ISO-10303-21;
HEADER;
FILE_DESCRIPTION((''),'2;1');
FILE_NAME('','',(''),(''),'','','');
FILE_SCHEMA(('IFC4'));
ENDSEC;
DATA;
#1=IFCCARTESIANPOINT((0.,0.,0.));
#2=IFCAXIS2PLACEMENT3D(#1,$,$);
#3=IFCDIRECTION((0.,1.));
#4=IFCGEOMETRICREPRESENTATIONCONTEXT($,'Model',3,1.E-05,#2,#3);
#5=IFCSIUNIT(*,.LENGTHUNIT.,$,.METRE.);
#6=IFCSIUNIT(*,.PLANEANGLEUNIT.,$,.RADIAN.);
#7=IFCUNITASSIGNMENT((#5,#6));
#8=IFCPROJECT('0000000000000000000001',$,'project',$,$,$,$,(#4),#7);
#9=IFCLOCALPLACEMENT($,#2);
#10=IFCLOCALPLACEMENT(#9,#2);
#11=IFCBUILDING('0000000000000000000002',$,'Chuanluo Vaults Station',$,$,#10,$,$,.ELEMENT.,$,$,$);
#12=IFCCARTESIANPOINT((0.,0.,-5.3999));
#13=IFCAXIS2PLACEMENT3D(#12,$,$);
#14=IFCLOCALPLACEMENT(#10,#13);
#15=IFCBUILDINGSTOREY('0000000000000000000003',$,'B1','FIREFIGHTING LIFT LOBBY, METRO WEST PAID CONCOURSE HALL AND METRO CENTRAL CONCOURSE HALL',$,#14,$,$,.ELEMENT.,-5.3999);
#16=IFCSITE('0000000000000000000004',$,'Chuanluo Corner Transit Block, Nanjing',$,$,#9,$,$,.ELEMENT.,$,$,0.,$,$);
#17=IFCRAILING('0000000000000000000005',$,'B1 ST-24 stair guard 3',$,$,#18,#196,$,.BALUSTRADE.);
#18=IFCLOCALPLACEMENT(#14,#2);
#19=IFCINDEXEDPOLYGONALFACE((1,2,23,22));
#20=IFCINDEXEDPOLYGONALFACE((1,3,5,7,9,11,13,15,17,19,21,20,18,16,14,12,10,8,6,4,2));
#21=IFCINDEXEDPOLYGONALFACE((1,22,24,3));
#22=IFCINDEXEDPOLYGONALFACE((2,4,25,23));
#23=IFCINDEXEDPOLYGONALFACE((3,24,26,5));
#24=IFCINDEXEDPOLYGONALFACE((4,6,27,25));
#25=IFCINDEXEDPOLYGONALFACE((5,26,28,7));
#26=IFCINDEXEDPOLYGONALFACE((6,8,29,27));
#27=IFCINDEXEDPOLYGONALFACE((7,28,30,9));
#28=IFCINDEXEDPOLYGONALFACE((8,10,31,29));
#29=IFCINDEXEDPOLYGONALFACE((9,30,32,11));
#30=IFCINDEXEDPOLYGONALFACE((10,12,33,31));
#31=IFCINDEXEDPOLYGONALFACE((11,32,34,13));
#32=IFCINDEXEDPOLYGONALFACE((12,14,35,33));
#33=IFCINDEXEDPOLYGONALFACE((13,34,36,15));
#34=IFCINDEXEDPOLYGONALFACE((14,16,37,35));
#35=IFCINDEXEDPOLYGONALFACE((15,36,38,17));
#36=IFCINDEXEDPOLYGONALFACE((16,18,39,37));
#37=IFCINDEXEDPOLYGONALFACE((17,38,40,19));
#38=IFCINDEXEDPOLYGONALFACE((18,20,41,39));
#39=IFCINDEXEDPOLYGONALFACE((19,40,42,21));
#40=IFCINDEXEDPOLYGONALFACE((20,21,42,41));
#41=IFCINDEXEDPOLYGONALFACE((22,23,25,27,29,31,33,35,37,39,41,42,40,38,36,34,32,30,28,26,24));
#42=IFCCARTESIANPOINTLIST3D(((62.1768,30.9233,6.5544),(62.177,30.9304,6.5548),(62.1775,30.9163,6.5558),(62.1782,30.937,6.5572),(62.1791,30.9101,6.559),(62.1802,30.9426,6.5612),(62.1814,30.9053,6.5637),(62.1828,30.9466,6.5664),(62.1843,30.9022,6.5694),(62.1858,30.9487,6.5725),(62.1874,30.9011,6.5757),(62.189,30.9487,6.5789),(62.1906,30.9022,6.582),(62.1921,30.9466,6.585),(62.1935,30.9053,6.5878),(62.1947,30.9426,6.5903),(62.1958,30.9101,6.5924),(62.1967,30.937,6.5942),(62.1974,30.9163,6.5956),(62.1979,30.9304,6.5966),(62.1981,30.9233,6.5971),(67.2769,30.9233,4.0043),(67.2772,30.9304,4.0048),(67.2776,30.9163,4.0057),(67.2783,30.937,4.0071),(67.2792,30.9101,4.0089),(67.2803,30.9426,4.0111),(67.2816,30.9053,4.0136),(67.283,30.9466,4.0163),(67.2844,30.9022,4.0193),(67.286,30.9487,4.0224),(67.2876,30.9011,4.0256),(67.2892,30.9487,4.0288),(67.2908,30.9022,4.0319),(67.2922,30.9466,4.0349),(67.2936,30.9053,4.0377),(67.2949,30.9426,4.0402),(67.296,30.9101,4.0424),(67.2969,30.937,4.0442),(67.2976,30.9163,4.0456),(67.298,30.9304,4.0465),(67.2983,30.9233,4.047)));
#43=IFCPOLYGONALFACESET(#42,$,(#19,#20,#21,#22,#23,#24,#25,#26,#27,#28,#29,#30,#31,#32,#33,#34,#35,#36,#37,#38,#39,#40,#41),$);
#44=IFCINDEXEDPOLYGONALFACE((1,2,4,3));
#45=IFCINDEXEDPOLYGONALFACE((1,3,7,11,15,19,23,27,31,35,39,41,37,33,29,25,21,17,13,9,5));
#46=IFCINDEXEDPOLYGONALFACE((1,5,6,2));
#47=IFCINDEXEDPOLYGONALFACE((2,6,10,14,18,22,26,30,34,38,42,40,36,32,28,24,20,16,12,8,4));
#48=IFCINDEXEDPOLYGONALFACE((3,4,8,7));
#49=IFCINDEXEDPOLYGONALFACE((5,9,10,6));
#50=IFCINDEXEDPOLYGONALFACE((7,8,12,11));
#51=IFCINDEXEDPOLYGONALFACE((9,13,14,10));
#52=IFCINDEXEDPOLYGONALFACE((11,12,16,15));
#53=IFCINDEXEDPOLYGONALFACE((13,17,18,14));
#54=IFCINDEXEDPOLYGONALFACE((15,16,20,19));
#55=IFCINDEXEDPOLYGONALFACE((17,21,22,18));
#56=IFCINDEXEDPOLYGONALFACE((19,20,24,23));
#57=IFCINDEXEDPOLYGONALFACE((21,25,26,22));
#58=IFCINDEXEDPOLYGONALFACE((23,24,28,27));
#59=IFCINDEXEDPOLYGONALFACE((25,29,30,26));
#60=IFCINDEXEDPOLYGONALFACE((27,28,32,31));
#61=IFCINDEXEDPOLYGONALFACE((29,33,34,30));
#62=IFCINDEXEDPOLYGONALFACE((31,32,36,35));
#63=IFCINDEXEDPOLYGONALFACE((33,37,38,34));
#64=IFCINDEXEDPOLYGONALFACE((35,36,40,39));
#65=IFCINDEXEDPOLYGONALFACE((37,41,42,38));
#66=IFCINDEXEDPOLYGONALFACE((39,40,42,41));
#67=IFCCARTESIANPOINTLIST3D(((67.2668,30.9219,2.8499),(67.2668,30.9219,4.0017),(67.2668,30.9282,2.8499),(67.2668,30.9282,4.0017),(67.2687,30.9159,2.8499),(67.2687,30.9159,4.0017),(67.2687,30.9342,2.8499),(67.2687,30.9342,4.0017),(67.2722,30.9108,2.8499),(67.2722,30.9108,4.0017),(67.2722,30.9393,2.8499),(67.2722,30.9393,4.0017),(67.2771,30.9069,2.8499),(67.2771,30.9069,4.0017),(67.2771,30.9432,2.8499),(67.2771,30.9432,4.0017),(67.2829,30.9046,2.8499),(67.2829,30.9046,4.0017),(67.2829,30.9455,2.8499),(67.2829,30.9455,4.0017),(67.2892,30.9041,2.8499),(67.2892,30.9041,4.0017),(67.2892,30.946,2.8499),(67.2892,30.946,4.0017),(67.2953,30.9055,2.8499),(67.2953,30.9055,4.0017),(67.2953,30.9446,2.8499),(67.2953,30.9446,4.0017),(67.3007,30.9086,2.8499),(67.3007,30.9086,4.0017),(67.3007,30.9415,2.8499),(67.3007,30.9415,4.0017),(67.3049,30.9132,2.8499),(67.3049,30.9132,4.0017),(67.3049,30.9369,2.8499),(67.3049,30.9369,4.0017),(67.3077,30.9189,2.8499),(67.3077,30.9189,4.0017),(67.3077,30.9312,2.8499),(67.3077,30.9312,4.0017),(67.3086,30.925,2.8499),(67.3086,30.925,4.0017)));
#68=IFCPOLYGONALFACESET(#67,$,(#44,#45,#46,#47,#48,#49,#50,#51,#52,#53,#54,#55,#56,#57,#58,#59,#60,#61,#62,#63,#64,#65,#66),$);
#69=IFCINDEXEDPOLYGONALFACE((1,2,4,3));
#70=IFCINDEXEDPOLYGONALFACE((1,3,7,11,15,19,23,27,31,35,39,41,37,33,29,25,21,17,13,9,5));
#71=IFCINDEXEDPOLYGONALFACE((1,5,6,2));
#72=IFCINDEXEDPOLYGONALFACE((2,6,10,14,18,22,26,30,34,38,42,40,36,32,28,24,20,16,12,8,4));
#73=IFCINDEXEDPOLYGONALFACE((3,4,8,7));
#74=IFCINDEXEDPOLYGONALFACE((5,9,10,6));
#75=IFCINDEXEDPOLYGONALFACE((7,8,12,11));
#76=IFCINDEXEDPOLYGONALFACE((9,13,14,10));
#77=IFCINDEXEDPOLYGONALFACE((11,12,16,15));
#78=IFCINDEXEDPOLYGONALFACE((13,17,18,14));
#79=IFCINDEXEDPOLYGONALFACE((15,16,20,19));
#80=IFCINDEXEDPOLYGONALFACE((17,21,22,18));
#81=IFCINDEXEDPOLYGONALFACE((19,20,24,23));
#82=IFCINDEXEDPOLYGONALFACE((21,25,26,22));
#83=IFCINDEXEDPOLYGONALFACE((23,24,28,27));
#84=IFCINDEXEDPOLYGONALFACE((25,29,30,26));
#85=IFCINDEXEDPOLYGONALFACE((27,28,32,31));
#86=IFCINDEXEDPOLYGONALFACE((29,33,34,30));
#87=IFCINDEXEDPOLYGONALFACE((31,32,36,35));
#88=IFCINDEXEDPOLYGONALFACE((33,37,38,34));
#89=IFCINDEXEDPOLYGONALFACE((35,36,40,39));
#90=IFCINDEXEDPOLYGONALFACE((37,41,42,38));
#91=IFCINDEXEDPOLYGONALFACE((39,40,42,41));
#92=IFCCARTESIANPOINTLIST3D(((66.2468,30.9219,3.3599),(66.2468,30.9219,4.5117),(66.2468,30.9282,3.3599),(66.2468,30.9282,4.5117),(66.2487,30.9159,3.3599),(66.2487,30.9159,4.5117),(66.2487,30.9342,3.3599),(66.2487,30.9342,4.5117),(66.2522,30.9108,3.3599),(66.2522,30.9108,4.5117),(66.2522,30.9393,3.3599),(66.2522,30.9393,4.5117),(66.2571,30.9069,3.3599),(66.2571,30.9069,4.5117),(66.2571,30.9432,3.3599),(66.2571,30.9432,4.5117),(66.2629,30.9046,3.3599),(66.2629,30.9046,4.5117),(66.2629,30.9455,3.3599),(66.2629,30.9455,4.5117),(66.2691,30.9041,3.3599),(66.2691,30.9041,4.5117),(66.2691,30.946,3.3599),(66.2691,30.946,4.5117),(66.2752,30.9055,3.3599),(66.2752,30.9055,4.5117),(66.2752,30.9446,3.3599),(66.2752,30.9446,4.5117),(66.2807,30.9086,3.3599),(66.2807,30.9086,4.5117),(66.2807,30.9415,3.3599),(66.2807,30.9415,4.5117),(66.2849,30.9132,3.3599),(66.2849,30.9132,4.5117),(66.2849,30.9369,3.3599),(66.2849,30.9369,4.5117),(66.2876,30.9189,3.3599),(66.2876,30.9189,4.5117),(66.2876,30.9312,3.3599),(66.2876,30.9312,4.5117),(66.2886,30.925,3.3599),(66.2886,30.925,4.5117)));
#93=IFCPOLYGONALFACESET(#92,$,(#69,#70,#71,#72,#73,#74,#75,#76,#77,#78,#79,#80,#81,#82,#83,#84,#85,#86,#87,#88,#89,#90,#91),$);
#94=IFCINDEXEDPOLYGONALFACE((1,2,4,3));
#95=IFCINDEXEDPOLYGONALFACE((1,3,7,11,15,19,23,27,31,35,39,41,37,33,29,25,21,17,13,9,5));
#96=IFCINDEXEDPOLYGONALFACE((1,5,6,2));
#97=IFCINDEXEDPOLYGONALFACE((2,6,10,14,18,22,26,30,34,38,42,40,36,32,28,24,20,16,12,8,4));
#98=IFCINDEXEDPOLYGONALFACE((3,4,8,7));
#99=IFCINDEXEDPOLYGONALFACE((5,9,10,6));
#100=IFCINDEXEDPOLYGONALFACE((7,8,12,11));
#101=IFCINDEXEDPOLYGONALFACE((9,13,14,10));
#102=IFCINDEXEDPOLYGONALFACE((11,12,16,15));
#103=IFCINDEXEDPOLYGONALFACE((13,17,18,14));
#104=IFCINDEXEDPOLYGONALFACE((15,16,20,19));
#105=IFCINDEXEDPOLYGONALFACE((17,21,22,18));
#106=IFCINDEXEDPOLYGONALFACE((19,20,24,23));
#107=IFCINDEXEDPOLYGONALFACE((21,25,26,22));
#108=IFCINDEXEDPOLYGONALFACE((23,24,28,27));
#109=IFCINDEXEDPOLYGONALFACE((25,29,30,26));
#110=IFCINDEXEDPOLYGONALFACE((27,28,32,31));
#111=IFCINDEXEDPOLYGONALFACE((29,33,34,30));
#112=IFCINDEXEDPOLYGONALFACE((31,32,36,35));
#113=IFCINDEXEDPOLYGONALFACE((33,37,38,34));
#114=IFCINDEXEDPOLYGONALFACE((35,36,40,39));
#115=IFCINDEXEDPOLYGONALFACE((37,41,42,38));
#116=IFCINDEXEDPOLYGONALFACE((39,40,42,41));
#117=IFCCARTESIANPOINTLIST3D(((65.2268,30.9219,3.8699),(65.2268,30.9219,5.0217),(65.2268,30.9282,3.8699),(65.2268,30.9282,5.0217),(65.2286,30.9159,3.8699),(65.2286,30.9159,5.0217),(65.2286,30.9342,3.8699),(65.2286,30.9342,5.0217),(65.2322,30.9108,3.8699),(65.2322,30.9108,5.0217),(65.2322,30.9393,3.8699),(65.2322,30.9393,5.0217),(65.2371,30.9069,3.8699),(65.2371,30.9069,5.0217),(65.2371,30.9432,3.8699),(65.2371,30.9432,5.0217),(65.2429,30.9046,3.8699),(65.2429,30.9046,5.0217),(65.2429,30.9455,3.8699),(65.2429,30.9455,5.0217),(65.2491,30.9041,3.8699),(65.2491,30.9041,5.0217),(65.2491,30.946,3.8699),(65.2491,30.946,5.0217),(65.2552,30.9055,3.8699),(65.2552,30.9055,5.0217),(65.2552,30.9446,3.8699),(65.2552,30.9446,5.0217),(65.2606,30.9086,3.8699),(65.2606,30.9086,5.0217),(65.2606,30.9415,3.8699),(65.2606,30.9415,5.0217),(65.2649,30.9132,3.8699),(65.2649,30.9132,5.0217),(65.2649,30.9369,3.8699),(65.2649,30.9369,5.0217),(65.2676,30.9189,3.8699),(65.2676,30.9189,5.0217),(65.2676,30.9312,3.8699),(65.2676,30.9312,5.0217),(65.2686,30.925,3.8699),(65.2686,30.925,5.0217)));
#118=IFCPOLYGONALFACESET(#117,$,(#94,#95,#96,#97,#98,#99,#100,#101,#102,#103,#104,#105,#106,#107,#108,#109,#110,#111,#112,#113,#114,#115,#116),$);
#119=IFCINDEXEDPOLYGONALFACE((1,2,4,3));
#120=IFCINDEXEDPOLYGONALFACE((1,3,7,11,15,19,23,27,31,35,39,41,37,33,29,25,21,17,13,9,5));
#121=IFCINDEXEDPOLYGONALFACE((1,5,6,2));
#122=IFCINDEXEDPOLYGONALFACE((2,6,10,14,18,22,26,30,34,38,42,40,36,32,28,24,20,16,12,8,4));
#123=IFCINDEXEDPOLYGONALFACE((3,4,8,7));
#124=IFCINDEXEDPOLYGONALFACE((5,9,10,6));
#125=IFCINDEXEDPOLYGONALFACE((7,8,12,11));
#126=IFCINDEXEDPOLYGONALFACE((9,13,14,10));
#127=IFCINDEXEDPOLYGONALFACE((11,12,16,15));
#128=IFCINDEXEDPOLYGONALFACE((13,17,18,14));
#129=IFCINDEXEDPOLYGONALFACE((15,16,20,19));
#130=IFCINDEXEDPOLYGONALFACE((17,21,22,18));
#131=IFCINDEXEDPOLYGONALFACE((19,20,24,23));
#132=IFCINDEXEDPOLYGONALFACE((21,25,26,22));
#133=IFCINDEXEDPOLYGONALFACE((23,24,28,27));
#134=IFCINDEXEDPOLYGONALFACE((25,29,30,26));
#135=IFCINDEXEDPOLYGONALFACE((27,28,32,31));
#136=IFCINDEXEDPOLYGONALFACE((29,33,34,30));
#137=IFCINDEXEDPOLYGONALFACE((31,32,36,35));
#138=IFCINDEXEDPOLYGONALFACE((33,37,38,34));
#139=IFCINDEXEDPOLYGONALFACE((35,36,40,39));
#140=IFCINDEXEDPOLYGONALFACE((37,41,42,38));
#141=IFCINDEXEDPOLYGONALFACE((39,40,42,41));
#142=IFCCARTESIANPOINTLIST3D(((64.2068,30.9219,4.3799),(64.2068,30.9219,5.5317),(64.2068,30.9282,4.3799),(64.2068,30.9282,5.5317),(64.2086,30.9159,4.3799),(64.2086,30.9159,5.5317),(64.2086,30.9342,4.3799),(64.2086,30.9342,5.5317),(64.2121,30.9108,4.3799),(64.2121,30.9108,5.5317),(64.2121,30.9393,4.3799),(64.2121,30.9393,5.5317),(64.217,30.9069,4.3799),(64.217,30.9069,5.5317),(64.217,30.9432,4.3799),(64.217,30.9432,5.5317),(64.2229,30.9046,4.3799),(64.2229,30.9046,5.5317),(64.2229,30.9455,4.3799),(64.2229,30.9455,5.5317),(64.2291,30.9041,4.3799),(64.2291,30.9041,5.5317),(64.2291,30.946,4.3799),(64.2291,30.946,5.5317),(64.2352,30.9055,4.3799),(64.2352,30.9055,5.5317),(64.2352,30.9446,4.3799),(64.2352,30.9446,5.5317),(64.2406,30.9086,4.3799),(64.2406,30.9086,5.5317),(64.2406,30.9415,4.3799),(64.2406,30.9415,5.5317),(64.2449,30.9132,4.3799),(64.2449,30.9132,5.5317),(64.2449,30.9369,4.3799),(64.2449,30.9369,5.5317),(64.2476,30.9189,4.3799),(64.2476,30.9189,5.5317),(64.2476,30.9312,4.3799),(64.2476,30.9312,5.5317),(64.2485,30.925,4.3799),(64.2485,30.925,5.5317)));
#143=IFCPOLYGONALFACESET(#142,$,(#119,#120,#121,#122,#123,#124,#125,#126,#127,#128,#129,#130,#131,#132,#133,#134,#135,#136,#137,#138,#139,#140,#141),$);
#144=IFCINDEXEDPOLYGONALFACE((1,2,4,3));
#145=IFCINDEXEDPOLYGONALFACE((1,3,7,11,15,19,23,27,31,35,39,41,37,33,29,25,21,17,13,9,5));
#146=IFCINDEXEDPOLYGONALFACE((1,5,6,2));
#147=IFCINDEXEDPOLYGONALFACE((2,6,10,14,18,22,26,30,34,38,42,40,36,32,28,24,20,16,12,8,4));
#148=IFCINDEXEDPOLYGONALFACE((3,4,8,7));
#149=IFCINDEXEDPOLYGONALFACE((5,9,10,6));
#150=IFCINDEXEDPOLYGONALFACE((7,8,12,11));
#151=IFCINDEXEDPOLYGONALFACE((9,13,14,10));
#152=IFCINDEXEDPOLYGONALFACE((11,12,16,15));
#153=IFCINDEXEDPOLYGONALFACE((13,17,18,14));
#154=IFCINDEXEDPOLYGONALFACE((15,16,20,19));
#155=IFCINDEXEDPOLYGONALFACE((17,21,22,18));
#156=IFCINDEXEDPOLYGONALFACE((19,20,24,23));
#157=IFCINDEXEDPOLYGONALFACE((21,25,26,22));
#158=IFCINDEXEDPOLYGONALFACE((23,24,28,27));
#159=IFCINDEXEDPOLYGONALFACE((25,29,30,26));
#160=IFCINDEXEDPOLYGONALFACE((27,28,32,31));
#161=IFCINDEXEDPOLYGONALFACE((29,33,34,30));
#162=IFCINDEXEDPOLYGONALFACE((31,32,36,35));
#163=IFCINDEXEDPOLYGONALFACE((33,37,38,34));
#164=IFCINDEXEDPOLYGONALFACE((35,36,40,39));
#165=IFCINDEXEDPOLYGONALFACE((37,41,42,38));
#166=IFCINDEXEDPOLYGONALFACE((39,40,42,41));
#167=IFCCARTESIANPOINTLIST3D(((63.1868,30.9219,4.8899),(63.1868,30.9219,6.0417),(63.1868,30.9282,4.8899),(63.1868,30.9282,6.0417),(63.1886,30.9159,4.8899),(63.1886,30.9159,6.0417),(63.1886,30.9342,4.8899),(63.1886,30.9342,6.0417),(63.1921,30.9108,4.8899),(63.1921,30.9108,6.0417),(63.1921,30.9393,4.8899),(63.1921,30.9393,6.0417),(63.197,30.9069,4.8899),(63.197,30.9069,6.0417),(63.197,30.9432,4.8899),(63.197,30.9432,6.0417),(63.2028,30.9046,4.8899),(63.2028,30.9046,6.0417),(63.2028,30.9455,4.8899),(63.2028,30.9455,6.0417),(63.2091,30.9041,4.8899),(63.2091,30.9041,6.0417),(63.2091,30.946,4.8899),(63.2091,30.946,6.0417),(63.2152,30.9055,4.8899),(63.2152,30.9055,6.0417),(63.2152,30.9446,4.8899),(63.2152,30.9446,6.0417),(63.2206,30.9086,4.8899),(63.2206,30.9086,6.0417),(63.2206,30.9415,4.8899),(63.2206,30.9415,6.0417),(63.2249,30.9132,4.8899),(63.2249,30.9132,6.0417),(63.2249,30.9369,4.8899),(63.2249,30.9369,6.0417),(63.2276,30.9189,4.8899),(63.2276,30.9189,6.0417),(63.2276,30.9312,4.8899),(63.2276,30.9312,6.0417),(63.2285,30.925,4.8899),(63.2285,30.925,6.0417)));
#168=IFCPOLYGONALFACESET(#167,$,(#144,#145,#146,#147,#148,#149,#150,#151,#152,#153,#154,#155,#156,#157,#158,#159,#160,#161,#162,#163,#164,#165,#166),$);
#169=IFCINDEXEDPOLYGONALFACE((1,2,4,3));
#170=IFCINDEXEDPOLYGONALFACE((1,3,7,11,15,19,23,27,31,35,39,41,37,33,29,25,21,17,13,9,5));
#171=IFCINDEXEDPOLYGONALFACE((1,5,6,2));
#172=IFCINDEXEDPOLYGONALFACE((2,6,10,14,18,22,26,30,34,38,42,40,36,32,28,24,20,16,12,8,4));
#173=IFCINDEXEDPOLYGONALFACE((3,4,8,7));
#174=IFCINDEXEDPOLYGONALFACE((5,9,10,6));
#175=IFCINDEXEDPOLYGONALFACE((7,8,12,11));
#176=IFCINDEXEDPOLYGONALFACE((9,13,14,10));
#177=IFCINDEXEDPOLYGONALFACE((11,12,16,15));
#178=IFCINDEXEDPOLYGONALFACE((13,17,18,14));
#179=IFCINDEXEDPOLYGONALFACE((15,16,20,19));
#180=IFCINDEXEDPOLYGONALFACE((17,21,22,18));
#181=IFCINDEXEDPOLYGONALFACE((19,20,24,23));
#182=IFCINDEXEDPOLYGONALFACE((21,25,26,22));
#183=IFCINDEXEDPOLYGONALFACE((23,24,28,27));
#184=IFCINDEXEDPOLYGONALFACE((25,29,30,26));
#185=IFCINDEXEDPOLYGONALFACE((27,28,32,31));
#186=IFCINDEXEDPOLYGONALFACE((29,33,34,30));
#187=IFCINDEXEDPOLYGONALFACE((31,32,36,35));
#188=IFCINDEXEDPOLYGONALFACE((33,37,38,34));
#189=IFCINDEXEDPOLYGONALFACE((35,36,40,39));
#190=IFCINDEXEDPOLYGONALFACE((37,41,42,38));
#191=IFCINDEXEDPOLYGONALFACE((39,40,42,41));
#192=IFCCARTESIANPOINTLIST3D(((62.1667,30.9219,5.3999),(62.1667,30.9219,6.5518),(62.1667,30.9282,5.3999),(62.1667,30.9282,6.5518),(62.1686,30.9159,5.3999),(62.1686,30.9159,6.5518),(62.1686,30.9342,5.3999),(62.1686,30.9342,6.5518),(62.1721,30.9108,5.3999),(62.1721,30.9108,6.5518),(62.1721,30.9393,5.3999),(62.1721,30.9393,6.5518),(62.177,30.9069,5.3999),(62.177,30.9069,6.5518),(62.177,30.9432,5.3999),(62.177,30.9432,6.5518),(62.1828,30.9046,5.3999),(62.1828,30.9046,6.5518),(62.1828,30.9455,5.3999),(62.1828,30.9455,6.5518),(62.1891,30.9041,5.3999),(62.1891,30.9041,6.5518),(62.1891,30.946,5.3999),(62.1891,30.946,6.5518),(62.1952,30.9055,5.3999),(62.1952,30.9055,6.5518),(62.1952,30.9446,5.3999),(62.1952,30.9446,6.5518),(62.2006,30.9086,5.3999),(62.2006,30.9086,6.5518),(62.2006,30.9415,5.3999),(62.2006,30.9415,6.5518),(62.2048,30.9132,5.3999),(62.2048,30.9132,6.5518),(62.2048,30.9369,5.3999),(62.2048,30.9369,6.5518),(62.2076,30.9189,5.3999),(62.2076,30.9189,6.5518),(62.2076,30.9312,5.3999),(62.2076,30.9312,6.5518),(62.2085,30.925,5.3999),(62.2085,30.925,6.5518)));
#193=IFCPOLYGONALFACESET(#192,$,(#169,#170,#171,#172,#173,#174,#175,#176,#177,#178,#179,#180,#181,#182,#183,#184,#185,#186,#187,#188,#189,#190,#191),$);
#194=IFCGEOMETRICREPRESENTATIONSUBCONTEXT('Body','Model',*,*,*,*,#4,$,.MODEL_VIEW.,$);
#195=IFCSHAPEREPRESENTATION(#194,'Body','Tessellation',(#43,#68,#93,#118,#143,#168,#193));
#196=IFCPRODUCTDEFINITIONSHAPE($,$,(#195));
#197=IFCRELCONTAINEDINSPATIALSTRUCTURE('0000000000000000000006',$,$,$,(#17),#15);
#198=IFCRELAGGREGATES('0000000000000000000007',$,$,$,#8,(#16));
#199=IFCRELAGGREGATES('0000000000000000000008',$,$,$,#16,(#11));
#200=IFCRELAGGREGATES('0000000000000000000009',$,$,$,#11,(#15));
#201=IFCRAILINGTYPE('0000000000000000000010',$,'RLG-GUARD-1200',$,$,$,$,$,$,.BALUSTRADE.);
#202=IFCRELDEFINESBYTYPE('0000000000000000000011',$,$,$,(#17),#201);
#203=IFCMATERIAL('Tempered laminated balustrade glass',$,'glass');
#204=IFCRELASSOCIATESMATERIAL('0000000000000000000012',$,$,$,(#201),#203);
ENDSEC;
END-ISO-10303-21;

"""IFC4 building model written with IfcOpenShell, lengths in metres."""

from ifc_helpers import new_model, si_unit, direction, frame, origin, origin_2d, place, context, subcontext, project, spatial, circle, extrude, material, type_object, element, save


model = new_model("IFC4")

# Units and contexts
model_context = context("Model", 3, precision=1e-05, world=origin(), true_north=direction((0.0, 1.0)))
body_context = subcontext(model_context, "Body", "Model", "MODEL_VIEW")
ifc_project = project(units=[si_unit("LENGTHUNIT", "METRE"), si_unit("PLANEANGLEUNIT", "RADIAN")], contexts=[model_context])

# Site, building, storey
site_placement = place(None, origin())
site = spatial("IfcSite", under=ifc_project, at=site_placement, Name="Chuanluo Corner Transit Block, Nanjing", CompositionType="ELEMENT", RefElevation=0.0)
building_placement = place(site_placement, origin())
building = spatial("IfcBuilding", under=site, at=building_placement, Name="Chuanluo Vaults Station", CompositionType="ELEMENT")
storey_placement = place(building_placement, frame((0.0, 0.0, -5.3999)))
storey = spatial("IfcBuildingStorey", under=building, at=storey_placement, Name="B1", Description="FIREFIGHTING LIFT LOBBY, METRO WEST PAID CONCOURSE HALL AND METRO CENTRAL CONCOURSE HALL", CompositionType="ELEMENT", Elevation=-5.3999)

# Railing
ifc_material_1 = material(Name="Tempered laminated balustrade glass", Category="glass")
railing_type_1 = type_object("IfcRailingType", Name="RLG-GUARD-1200", PredefinedType="BALUSTRADE", material=ifc_material_1)
railing_1_placement = place(storey_placement, frame((67.2876, 30.925, 2.8499)))
element("IfcRailing", 1, at=railing_1_placement, inside=storey, type_object=railing_type_1, Name="B1 ST-24 stair guard 3", PredefinedType="BALUSTRADE", context=body_context, shape_type="SweptSolid", body=[
    extrude(circle(Radius=0.0239, at=origin_2d()), frame((0.0, 0.0, 1.1758), z_axis=(-0.894427, 0.0, 0.447214), x_axis=(0.0, -1.0, 0.0)), (0.0, 0.0, 1.0), 5.7021),
    extrude(circle(Radius=0.021, at=origin_2d()), origin(), (0.0, 0.0, 1.0), 1.1519),
    extrude(circle(Radius=0.021, at=origin_2d()), frame((-1.02, 0.0, 0.51)), (0.0, 0.0, 1.0), 1.1519),
    extrude(circle(Radius=0.021, at=origin_2d()), frame((-2.04, 0.0, 1.02)), (0.0, 0.0, 1.0), 1.1519),
    extrude(circle(Radius=0.021, at=origin_2d()), frame((-3.0601, 0.0, 1.53)), (0.0, 0.0, 1.0), 1.1519),
    extrude(circle(Radius=0.021, at=origin_2d()), frame((-4.0801, 0.0, 2.04)), (0.0, 0.0, 1.0), 1.1519),
    extrude(circle(Radius=0.021, at=origin_2d()), frame((-5.1001, 0.0, 2.55)), (0.0, 0.0, 1.0), 1.1519),
])

save(model, "model.ifc")
